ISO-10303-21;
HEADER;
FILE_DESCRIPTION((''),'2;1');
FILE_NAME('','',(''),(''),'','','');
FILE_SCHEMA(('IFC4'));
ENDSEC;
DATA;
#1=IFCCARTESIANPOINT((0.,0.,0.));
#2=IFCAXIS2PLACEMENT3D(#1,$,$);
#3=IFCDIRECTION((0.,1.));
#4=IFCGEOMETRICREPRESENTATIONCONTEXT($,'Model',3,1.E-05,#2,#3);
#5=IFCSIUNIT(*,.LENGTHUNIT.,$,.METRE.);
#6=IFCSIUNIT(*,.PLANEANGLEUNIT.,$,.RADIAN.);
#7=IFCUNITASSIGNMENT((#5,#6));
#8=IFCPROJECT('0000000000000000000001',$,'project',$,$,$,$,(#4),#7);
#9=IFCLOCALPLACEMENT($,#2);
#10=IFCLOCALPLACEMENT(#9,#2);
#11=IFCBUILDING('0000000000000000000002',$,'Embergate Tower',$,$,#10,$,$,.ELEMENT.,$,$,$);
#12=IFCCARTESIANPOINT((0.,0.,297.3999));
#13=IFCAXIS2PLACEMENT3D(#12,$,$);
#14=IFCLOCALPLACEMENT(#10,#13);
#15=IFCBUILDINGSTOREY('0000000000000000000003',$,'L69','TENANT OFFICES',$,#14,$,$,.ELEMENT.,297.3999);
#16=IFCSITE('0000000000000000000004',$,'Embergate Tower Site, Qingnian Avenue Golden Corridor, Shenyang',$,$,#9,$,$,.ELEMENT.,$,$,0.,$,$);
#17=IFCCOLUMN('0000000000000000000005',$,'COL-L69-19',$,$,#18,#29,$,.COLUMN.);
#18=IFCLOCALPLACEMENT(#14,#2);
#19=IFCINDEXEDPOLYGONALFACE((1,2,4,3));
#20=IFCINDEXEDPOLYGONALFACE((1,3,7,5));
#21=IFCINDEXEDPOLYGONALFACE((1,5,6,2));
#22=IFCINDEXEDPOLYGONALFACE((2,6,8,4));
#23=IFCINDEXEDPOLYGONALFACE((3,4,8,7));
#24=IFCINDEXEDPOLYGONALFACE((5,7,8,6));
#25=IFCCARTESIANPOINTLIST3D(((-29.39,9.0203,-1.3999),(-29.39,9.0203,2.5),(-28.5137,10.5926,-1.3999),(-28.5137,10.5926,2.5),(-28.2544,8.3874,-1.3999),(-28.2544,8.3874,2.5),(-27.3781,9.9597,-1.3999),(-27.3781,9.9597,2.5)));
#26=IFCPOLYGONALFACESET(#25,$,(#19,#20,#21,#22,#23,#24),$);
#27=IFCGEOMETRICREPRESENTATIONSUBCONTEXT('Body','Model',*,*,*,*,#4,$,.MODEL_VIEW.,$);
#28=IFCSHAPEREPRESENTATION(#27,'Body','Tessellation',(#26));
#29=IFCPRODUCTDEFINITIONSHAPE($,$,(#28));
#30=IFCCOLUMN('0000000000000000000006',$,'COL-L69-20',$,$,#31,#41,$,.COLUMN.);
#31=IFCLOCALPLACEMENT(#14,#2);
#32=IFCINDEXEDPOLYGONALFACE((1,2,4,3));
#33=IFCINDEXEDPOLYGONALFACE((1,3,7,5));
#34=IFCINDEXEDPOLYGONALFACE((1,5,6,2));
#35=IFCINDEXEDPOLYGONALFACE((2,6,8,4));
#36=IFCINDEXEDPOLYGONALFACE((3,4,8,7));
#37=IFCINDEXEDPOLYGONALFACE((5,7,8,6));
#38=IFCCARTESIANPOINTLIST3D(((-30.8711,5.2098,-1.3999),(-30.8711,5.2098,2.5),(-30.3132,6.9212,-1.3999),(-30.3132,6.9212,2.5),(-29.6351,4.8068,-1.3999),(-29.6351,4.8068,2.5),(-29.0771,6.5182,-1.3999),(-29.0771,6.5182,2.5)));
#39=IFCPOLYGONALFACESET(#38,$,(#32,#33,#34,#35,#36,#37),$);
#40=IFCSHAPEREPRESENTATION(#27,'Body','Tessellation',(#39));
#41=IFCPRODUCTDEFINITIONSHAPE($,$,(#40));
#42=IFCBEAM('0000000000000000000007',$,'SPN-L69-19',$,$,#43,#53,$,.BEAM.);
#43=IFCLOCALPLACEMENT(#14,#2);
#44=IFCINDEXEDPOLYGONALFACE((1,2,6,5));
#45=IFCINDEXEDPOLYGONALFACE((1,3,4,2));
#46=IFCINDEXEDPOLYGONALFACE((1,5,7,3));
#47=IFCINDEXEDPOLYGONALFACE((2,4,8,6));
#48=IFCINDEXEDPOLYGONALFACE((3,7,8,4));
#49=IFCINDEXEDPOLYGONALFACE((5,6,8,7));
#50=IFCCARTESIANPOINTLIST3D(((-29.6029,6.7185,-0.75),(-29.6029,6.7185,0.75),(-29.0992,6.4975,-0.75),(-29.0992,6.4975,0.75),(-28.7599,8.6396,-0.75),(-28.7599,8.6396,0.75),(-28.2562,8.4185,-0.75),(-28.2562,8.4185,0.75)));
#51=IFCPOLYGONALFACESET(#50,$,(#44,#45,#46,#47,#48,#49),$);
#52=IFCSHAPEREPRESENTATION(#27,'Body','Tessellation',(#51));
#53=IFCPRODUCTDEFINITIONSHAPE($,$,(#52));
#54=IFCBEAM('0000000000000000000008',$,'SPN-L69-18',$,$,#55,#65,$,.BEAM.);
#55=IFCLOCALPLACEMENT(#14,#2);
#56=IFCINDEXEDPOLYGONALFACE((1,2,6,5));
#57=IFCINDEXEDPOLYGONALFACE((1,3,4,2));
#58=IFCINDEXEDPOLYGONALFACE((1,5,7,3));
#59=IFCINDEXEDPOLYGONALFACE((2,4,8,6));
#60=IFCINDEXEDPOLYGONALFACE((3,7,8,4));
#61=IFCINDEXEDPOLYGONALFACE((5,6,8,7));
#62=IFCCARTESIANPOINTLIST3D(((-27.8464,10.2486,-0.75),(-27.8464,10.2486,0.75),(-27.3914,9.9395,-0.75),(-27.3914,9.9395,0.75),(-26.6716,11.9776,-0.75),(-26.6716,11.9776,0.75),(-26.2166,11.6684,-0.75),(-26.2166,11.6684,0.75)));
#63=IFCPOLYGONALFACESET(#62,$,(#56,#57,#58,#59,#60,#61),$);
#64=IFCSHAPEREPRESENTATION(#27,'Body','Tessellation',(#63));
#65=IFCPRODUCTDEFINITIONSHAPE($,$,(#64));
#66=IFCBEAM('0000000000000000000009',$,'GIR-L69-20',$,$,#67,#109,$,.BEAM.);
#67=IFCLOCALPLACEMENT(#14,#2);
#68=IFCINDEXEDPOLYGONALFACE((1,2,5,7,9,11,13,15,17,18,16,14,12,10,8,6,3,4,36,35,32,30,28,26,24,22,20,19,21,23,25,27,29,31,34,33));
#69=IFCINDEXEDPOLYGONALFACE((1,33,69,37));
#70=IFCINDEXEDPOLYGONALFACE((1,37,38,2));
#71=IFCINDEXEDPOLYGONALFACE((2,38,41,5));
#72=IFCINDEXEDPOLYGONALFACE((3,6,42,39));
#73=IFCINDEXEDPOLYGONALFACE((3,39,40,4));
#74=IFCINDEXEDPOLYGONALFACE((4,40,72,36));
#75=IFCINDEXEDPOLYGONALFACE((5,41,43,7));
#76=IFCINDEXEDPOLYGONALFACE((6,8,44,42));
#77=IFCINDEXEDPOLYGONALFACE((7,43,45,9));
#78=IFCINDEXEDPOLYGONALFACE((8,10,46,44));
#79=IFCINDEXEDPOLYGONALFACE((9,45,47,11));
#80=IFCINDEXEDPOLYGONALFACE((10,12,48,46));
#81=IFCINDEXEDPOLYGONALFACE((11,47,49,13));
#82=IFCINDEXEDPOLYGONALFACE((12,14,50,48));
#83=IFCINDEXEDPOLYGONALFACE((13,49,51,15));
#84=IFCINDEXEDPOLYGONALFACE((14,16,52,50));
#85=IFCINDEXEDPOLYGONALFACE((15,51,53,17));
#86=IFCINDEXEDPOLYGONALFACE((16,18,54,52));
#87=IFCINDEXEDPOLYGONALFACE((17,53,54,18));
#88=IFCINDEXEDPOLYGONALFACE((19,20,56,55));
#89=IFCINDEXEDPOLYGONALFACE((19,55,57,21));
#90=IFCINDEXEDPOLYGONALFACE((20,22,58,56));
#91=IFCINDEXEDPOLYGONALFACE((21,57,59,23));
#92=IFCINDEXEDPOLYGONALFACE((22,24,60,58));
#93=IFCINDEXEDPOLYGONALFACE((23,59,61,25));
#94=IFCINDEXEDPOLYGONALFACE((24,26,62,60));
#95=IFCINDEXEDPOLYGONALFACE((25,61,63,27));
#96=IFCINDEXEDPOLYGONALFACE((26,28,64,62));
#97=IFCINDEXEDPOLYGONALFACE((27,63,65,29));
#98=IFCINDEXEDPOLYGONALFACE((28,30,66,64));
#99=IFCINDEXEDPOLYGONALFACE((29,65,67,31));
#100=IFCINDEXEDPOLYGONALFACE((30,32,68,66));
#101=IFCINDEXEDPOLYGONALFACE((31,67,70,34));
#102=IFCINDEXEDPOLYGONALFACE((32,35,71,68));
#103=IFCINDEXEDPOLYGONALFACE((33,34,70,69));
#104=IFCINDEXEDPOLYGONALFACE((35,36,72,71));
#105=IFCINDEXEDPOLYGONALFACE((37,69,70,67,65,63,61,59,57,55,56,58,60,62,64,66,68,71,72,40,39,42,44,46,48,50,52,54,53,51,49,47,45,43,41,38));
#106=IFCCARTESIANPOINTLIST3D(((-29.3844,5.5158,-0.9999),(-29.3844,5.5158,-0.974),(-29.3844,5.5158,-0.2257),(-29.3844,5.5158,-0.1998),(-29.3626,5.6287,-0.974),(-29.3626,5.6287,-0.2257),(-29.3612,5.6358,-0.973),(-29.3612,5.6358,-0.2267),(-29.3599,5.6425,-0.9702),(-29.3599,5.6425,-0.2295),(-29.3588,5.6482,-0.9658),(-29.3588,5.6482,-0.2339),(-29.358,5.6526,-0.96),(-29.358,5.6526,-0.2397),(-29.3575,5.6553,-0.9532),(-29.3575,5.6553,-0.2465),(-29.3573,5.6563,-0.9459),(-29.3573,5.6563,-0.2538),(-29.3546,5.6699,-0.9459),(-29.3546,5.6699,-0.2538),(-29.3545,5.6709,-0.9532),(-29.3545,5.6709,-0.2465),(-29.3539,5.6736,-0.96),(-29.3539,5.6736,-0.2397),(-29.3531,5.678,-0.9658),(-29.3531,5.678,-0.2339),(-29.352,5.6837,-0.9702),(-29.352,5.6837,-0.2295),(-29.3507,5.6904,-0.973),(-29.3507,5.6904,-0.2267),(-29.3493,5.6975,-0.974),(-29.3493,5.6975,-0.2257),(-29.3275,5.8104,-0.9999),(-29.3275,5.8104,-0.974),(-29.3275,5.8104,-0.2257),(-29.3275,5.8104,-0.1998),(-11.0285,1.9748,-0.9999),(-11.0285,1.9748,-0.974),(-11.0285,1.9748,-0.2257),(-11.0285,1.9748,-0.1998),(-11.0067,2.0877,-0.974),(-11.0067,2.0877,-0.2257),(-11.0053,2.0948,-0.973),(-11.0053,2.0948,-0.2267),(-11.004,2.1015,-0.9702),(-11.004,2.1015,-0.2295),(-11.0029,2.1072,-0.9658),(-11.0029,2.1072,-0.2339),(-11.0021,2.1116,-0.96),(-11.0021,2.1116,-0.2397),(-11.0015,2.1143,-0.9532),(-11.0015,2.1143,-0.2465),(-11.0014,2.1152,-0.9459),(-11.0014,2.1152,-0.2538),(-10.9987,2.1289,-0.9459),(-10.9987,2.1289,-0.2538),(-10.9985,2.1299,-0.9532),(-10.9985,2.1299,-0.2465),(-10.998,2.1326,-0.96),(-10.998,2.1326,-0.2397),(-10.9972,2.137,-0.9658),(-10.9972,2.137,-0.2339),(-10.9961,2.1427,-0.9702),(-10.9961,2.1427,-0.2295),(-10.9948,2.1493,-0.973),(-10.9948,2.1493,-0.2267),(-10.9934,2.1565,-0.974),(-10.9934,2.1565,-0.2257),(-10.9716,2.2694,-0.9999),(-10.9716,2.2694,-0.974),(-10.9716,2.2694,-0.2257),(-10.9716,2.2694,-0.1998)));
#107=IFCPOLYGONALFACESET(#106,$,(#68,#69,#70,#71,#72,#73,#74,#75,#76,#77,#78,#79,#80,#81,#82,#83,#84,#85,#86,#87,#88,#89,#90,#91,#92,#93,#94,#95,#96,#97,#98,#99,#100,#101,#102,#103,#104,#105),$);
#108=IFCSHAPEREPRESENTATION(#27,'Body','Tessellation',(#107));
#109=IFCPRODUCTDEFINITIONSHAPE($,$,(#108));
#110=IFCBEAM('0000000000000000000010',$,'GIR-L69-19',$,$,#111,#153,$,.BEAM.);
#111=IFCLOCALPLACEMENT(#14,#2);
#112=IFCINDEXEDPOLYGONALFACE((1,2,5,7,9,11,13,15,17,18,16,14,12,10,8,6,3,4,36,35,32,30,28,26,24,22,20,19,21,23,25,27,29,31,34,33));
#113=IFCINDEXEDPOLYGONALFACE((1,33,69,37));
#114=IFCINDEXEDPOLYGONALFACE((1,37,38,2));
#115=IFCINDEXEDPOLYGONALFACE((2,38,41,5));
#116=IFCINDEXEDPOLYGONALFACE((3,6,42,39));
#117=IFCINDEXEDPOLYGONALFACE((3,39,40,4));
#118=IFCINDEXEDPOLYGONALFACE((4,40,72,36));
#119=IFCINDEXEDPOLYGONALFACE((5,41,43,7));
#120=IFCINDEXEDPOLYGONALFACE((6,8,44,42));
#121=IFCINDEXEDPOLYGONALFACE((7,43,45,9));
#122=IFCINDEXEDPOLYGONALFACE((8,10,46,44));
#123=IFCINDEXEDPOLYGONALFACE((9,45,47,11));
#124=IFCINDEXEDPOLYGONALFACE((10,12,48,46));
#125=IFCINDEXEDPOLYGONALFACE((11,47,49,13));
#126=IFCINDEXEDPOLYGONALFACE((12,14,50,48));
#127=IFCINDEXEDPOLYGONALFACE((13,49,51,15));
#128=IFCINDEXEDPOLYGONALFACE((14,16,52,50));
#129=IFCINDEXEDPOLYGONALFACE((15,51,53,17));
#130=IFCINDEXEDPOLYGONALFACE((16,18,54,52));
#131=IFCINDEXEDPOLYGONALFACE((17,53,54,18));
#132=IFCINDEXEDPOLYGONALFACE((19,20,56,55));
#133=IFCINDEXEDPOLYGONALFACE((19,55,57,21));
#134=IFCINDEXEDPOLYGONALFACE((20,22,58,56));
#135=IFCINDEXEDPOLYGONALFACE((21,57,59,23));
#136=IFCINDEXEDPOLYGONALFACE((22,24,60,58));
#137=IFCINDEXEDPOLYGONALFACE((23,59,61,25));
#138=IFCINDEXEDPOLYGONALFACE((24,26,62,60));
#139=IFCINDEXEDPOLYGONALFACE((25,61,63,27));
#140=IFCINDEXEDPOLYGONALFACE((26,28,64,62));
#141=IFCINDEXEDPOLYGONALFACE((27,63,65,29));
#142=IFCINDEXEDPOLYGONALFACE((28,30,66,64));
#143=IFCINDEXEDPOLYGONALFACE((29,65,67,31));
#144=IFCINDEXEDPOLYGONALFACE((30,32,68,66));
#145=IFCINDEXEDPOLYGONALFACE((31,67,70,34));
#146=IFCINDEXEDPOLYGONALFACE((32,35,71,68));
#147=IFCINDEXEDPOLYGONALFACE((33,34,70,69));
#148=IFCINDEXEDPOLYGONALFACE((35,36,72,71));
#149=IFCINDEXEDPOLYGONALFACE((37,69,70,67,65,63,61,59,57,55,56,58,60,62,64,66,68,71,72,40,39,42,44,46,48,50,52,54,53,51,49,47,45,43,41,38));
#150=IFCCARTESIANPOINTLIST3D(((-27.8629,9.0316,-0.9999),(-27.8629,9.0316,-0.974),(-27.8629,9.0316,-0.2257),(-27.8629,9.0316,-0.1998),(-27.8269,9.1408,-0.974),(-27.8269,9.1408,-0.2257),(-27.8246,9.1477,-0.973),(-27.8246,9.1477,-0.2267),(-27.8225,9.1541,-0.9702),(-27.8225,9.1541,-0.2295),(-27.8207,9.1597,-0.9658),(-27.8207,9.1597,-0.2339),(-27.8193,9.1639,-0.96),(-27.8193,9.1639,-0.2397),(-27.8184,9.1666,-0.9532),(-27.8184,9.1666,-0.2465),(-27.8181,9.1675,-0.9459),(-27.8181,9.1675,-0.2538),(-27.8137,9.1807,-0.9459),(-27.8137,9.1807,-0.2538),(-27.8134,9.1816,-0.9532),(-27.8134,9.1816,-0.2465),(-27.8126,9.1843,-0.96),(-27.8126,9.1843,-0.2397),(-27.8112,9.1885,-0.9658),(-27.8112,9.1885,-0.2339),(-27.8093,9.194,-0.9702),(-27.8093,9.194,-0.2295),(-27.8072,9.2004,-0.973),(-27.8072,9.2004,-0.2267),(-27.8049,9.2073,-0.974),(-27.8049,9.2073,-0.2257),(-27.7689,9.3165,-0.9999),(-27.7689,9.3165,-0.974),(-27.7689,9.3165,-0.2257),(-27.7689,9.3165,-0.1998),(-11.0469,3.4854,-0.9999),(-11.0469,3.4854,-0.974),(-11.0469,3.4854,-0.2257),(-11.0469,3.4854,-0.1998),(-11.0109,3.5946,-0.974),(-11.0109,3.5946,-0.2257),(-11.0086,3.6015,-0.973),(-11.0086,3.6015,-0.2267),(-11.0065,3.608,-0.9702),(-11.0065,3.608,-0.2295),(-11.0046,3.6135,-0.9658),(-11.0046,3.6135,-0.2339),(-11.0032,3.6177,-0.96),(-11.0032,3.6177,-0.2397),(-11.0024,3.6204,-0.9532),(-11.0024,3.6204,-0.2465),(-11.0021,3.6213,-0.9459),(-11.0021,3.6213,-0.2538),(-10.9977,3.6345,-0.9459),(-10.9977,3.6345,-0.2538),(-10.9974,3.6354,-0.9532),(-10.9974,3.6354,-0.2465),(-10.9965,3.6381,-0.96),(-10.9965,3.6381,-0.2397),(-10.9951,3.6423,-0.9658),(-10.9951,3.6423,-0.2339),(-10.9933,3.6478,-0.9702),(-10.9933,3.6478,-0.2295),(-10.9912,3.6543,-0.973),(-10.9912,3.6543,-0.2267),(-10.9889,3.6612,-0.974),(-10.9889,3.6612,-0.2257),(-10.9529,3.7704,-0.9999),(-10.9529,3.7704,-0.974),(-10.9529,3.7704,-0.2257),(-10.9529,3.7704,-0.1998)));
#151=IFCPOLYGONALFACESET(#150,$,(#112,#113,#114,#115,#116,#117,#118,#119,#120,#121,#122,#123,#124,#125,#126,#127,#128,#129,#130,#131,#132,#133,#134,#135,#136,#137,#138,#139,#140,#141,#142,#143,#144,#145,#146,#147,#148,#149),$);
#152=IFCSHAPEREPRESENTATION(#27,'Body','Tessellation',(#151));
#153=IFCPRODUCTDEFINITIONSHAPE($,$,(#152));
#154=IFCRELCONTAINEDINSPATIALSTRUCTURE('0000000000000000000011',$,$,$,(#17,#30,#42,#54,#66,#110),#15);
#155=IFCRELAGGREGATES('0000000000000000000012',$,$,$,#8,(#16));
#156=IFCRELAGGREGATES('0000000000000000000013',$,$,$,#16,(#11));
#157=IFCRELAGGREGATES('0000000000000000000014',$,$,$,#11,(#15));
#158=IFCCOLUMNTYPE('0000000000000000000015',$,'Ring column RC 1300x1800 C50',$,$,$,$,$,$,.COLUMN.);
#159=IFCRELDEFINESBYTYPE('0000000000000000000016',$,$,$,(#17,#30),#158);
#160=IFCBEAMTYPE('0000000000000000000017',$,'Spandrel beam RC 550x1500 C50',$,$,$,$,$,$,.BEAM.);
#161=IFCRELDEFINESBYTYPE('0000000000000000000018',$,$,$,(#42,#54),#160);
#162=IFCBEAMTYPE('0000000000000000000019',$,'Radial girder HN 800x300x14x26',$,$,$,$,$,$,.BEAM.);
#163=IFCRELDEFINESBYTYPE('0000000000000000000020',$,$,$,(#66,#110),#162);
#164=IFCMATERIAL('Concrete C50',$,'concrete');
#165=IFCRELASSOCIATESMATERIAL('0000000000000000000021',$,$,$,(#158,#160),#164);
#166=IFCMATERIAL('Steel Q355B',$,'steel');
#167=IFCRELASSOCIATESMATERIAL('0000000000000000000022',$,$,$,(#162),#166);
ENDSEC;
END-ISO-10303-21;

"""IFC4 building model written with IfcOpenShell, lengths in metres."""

from ifc_helpers import new_model, si_unit, direction, frame, origin, origin_2d, place, context, subcontext, project, spatial, rectangle, i_section, extrude, source, transform, mapped, material, material_profile, profile_set, type_object, element, save


model = new_model("IFC4")

# Units and contexts
model_context = context("Model", 3, precision=1e-05, world=origin(), true_north=direction((0.0, 1.0)))
body_context = subcontext(model_context, "Body", "Model", "MODEL_VIEW")
ifc_project = project(units=[si_unit("LENGTHUNIT", "METRE"), si_unit("PLANEANGLEUNIT", "RADIAN")], contexts=[model_context])

# Site, building, storey
site_placement = place(None, origin())
site = spatial("IfcSite", under=ifc_project, at=site_placement, Name="Embergate Tower Site, Qingnian Avenue Golden Corridor, Shenyang", CompositionType="ELEMENT", RefElevation=0.0)
building_placement = place(site_placement, origin())
building = spatial("IfcBuilding", under=site, at=building_placement, Name="Embergate Tower", CompositionType="ELEMENT")
storey_placement = place(building_placement, frame((0.0, 0.0, 297.3999)))
storey = spatial("IfcBuildingStorey", under=building, at=storey_placement, Name="L69", Description="TENANT OFFICES", CompositionType="ELEMENT", Elevation=297.3999)

# Columns
ifc_material_1 = material(Name="Concrete C50", Category="concrete")
ifc_material_profile_1 = material_profile(ifc_material_1, rectangle(XDim=1.3, YDim=1.8, at=origin_2d()), Name="RC 1300x1800")
ifc_profile_set_1 = profile_set([ifc_material_profile_1], Name="Concrete C50")
column_type = type_object("IfcColumnType", Name="Ring column RC 1300x1800 C50", PredefinedType="COLUMN", material=ifc_profile_set_1)
shared_shape_1 = source(origin(), body_context, "Body", "SweptSolid", [
    extrude(rectangle(XDim=1.3, YDim=1.8, at=origin_2d()), origin(), (0.0, 0.0, 1.0), 3.8999),
])
for number, where, z_axis, x_axis, name in (
    (1, (-28.384, 9.49, -1.3999), (0.0, 0.0, 1.0), (-0.8735, 0.486823, 0.0), "COL-L69-19"),
    (2, (-29.9741, 5.864, -1.3999), (0.0, 0.0, 1.0), (-0.950754, 0.309946, 0.0), "COL-L69-20"),
):
    element("IfcColumn", number, at=place(storey_placement, frame(where, z_axis=z_axis, x_axis=x_axis)), inside=storey, type_object=column_type, Name=name, PredefinedType="COLUMN", context=body_context, shape_type="MappedRepresentation", body=[
        mapped(shared_shape_1, transform((0.0, 0.0, 0.0))),
    ])

# Beams
ifc_material_profile_2 = material_profile(ifc_material_1, rectangle(XDim=0.55, YDim=1.5, at=origin_2d()), Name="RC 550x1500")
ifc_profile_set_2 = profile_set([ifc_material_profile_2], Name="Concrete C50")
beam_type_1 = type_object("IfcBeamType", Name="Spandrel beam RC 550x1500 C50", PredefinedType="BEAM", material=ifc_profile_set_2)
shared_shape_2 = source(origin(), body_context, "Body", "SweptSolid", [
    extrude(rectangle(XDim=0.55, YDim=1.5, at=origin_2d()), origin(), (0.0, 0.0, 1.0), 2.0979),
])
beam_1_placement = place(storey_placement, frame((-28.5081, 8.5291, 0.0), z_axis=(-0.401826, -0.915716, 0.0), x_axis=(0.915716, -0.401826, 0.0)))
element("IfcBeam", 3, at=beam_1_placement, inside=storey, type_object=beam_type_1, Name="SPN-L69-19", PredefinedType="BEAM", context=body_context, shape_type="MappedRepresentation", body=[
    mapped(shared_shape_2, transform((0.0, 0.0, 0.0))),
])
shared_shape_3 = source(origin(), body_context, "Body", "SweptSolid", [
    extrude(rectangle(XDim=0.55, YDim=1.5, at=origin_2d()), origin(), (0.0, 0.0, 1.0), 2.0903),
])
beam_2_placement = place(storey_placement, frame((-26.4441, 11.823, 0.0), z_axis=(-0.56201, -0.827131, 0.0), x_axis=(0.827131, -0.56201, 0.0)))
element("IfcBeam", 4, at=beam_2_placement, inside=storey, type_object=beam_type_1, Name="SPN-L69-18", PredefinedType="BEAM", context=body_context, shape_type="MappedRepresentation", body=[
    mapped(shared_shape_3, transform((0.0, 0.0, 0.0))),
])
ifc_material_2 = material(Name="Steel Q355B", Category="steel")
ifc_material_profile_3 = material_profile(ifc_material_2, i_section(OverallWidth=0.3, OverallDepth=0.8, WebThickness=0.0139, FlangeThickness=0.0259, FilletRadius=0.0281, at=origin_2d()), Name="HN 800x300x14x26")
ifc_profile_set_3 = profile_set([ifc_material_profile_3], Name="Steel Q355 grade B")
beam_type_2 = type_object("IfcBeamType", Name="Radial girder HN 800x300x14x26", PredefinedType="BEAM", material=ifc_profile_set_3)
shared_shape_4 = source(origin(), body_context, "Body", "SweptSolid", [
    extrude(i_section(OverallWidth=0.3, OverallDepth=0.8, WebThickness=0.0139, FlangeThickness=0.0259, FilletRadius=0.0281, at=origin_2d()), origin(), (0.0, 0.0, 1.0), 18.6943),
])
beam_3_placement = place(storey_placement, frame((-29.356, 5.6631, -0.5999), z_axis=(0.981897, -0.189416, 0.0), x_axis=(0.189416, 0.981897, 0.0)))
element("IfcBeam", 5, at=beam_3_placement, inside=storey, type_object=beam_type_2, Name="GIR-L69-20", PredefinedType="BEAM", context=body_context, shape_type="MappedRepresentation", body=[
    mapped(shared_shape_4, transform((0.0, 0.0, 0.0))),
])
shared_shape_5 = source(origin(), body_context, "Body", "SweptSolid", [
    extrude(i_section(OverallWidth=0.3, OverallDepth=0.8, WebThickness=0.0139, FlangeThickness=0.0259, FilletRadius=0.0281, at=origin_2d()), origin(), (0.0, 0.0, 1.0), 17.707),
])
beam_4_placement = place(storey_placement, frame((-27.8159, 9.1741, -0.5999), z_axis=(0.949681, -0.313219, 0.0), x_axis=(0.313219, 0.949681, 0.0)))
element("IfcBeam", 6, at=beam_4_placement, inside=storey, type_object=beam_type_2, Name="GIR-L69-19", PredefinedType="BEAM", context=body_context, shape_type="MappedRepresentation", body=[
    mapped(shared_shape_5, transform((0.0, 0.0, 0.0))),
])

save(model, "model.ifc")
